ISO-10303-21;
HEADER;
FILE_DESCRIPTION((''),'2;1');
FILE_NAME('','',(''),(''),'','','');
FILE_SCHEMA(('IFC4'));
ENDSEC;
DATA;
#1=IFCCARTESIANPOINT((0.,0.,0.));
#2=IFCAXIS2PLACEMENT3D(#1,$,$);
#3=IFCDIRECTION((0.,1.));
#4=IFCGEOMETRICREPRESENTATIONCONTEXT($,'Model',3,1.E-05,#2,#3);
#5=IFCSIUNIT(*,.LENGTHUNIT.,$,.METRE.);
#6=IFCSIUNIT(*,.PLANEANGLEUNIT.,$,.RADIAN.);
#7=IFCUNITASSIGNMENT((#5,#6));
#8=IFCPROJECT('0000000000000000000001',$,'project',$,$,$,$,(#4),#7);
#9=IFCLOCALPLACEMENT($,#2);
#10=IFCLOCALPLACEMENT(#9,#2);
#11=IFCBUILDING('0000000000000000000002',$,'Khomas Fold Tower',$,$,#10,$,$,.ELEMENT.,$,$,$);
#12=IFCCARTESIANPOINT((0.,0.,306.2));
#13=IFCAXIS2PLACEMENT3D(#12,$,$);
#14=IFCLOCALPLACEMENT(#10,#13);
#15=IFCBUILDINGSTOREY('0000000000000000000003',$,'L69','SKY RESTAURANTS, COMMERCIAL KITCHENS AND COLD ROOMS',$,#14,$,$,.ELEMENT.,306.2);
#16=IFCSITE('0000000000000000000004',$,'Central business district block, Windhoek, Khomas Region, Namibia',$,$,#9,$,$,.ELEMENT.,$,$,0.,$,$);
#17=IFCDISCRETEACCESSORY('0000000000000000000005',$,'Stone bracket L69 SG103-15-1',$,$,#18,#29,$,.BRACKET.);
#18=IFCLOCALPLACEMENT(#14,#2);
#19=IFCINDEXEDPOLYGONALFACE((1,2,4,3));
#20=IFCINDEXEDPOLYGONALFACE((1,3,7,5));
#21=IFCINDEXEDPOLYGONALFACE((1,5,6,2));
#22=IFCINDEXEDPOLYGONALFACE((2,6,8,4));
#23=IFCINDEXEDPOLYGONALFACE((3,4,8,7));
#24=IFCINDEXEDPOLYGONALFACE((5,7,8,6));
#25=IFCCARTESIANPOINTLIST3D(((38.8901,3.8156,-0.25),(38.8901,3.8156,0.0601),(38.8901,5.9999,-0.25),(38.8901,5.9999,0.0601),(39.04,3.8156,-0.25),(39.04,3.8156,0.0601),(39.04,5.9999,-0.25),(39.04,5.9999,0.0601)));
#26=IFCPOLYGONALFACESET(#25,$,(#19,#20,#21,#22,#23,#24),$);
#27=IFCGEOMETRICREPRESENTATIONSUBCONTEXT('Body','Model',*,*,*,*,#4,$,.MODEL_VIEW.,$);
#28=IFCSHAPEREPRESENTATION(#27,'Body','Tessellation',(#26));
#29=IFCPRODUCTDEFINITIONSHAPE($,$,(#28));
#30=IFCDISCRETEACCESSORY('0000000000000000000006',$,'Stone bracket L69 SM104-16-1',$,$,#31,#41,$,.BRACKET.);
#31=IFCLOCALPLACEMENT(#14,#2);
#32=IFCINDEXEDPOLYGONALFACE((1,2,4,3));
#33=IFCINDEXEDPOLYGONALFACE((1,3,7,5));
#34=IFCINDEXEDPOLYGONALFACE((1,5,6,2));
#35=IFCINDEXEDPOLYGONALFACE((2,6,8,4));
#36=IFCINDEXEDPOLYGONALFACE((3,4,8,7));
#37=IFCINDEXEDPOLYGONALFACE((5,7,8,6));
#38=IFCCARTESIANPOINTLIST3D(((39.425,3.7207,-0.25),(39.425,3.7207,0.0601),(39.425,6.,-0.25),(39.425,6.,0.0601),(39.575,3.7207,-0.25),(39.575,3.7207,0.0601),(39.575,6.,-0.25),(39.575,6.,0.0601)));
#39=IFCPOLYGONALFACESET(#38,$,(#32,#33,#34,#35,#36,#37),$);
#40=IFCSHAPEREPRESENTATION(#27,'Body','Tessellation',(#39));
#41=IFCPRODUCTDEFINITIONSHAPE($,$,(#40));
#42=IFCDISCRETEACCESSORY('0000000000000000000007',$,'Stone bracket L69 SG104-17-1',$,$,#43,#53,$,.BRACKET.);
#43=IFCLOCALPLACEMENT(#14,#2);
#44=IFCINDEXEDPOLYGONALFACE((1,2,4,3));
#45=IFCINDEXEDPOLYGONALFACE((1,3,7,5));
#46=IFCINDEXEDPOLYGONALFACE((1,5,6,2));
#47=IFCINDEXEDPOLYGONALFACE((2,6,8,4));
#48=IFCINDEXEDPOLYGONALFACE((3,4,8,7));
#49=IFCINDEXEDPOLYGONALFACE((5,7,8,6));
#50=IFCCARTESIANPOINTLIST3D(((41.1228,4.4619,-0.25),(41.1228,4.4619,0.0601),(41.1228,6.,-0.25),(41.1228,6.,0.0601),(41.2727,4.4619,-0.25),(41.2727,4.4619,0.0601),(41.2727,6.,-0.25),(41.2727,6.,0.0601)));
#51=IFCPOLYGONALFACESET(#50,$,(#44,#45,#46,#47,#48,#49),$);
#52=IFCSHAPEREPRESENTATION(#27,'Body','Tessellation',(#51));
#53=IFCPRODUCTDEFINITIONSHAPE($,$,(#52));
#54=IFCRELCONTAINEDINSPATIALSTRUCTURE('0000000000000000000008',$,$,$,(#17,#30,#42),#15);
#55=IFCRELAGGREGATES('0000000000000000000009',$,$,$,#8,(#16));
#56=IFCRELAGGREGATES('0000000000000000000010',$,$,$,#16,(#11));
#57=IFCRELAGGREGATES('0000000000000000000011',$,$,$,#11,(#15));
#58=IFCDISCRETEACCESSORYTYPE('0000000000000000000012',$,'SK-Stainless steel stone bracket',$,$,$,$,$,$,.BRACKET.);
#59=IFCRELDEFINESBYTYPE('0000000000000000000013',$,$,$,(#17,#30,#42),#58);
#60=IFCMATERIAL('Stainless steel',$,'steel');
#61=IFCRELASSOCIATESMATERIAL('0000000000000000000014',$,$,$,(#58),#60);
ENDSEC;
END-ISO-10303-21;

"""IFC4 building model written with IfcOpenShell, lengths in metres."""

from ifc_helpers import new_model, si_unit, direction, frame, origin, origin_2d, place, context, subcontext, project, spatial, rectangle, extrude, source, transform, mapped, material, type_object, element, save


model = new_model("IFC4")

# Units and contexts
model_context = context("Model", 3, precision=1e-05, world=origin(), true_north=direction((0.0, 1.0)))
body_context = subcontext(model_context, "Body", "Model", "MODEL_VIEW")
ifc_project = project(units=[si_unit("LENGTHUNIT", "METRE"), si_unit("PLANEANGLEUNIT", "RADIAN")], contexts=[model_context])

# Site, building, storey
site_placement = place(None, origin())
site = spatial("IfcSite", under=ifc_project, at=site_placement, Name="Central business district block, Windhoek, Khomas Region, Namibia", CompositionType="ELEMENT", RefElevation=0.0)
building_placement = place(site_placement, origin())
building = spatial("IfcBuilding", under=site, at=building_placement, Name="Khomas Fold Tower", CompositionType="ELEMENT")
storey_placement = place(building_placement, frame((0.0, 0.0, 306.2)))
storey = spatial("IfcBuildingStorey", under=building, at=storey_placement, Name="L69", Description="SKY RESTAURANTS, COMMERCIAL KITCHENS AND COLD ROOMS", CompositionType="ELEMENT", Elevation=306.2)

# Discrete accessories
ifc_material_1 = material(Name="Stainless steel", Category="steel")
discrete_accessory_type = type_object("IfcDiscreteAccessoryType", Name="SK-Stainless steel stone bracket", PredefinedType="BRACKET", material=ifc_material_1)
shared_shape_1 = source(origin(), body_context, "Body", "SweptSolid", [
    extrude(rectangle(XDim=2.1843, YDim=0.1499, at=origin_2d()), origin(), (0.0, 0.0, 1.0), 0.3101),
])
discrete_accessory_1_placement = place(storey_placement, frame((38.9651, 4.9077, -0.25), z_axis=(0.0, 0.0, 1.0), x_axis=(0.0, -1.0, 0.0)))
element("IfcDiscreteAccessory", 1, at=discrete_accessory_1_placement, inside=storey, type_object=discrete_accessory_type, Name="Stone bracket L69 SG103-15-1", PredefinedType="BRACKET", context=body_context, shape_type="MappedRepresentation", body=[
    mapped(shared_shape_1, transform((0.0, 0.0, 0.0))),
])
shared_shape_2 = source(origin(), body_context, "Body", "SweptSolid", [
    extrude(rectangle(XDim=2.2793, YDim=0.1499, at=origin_2d()), origin(), (0.0, 0.0, 1.0), 0.3101),
])
discrete_accessory_2_placement = place(storey_placement, frame((39.5, 4.8604, -0.25), z_axis=(0.0, 0.0, 1.0), x_axis=(0.0, -1.0, 0.0)))
element("IfcDiscreteAccessory", 2, at=discrete_accessory_2_placement, inside=storey, type_object=discrete_accessory_type, Name="Stone bracket L69 SM104-16-1", PredefinedType="BRACKET", context=body_context, shape_type="MappedRepresentation", body=[
    mapped(shared_shape_2, transform((0.0, 0.0, 0.0))),
])
shared_shape_3 = source(origin(), body_context, "Body", "SweptSolid", [
    extrude(rectangle(XDim=1.5381, YDim=0.1499, at=origin_2d()), origin(), (0.0, 0.0, 1.0), 0.3101),
])
discrete_accessory_3_placement = place(storey_placement, frame((41.1978, 5.231, -0.25), z_axis=(0.0, 0.0, 1.0), x_axis=(0.0, -1.0, 0.0)))
element("IfcDiscreteAccessory", 3, at=discrete_accessory_3_placement, inside=storey, type_object=discrete_accessory_type, Name="Stone bracket L69 SG104-17-1", PredefinedType="BRACKET", context=body_context, shape_type="MappedRepresentation", body=[
    mapped(shared_shape_3, transform((0.0, 0.0, 0.0))),
])

save(model, "model.ifc")
